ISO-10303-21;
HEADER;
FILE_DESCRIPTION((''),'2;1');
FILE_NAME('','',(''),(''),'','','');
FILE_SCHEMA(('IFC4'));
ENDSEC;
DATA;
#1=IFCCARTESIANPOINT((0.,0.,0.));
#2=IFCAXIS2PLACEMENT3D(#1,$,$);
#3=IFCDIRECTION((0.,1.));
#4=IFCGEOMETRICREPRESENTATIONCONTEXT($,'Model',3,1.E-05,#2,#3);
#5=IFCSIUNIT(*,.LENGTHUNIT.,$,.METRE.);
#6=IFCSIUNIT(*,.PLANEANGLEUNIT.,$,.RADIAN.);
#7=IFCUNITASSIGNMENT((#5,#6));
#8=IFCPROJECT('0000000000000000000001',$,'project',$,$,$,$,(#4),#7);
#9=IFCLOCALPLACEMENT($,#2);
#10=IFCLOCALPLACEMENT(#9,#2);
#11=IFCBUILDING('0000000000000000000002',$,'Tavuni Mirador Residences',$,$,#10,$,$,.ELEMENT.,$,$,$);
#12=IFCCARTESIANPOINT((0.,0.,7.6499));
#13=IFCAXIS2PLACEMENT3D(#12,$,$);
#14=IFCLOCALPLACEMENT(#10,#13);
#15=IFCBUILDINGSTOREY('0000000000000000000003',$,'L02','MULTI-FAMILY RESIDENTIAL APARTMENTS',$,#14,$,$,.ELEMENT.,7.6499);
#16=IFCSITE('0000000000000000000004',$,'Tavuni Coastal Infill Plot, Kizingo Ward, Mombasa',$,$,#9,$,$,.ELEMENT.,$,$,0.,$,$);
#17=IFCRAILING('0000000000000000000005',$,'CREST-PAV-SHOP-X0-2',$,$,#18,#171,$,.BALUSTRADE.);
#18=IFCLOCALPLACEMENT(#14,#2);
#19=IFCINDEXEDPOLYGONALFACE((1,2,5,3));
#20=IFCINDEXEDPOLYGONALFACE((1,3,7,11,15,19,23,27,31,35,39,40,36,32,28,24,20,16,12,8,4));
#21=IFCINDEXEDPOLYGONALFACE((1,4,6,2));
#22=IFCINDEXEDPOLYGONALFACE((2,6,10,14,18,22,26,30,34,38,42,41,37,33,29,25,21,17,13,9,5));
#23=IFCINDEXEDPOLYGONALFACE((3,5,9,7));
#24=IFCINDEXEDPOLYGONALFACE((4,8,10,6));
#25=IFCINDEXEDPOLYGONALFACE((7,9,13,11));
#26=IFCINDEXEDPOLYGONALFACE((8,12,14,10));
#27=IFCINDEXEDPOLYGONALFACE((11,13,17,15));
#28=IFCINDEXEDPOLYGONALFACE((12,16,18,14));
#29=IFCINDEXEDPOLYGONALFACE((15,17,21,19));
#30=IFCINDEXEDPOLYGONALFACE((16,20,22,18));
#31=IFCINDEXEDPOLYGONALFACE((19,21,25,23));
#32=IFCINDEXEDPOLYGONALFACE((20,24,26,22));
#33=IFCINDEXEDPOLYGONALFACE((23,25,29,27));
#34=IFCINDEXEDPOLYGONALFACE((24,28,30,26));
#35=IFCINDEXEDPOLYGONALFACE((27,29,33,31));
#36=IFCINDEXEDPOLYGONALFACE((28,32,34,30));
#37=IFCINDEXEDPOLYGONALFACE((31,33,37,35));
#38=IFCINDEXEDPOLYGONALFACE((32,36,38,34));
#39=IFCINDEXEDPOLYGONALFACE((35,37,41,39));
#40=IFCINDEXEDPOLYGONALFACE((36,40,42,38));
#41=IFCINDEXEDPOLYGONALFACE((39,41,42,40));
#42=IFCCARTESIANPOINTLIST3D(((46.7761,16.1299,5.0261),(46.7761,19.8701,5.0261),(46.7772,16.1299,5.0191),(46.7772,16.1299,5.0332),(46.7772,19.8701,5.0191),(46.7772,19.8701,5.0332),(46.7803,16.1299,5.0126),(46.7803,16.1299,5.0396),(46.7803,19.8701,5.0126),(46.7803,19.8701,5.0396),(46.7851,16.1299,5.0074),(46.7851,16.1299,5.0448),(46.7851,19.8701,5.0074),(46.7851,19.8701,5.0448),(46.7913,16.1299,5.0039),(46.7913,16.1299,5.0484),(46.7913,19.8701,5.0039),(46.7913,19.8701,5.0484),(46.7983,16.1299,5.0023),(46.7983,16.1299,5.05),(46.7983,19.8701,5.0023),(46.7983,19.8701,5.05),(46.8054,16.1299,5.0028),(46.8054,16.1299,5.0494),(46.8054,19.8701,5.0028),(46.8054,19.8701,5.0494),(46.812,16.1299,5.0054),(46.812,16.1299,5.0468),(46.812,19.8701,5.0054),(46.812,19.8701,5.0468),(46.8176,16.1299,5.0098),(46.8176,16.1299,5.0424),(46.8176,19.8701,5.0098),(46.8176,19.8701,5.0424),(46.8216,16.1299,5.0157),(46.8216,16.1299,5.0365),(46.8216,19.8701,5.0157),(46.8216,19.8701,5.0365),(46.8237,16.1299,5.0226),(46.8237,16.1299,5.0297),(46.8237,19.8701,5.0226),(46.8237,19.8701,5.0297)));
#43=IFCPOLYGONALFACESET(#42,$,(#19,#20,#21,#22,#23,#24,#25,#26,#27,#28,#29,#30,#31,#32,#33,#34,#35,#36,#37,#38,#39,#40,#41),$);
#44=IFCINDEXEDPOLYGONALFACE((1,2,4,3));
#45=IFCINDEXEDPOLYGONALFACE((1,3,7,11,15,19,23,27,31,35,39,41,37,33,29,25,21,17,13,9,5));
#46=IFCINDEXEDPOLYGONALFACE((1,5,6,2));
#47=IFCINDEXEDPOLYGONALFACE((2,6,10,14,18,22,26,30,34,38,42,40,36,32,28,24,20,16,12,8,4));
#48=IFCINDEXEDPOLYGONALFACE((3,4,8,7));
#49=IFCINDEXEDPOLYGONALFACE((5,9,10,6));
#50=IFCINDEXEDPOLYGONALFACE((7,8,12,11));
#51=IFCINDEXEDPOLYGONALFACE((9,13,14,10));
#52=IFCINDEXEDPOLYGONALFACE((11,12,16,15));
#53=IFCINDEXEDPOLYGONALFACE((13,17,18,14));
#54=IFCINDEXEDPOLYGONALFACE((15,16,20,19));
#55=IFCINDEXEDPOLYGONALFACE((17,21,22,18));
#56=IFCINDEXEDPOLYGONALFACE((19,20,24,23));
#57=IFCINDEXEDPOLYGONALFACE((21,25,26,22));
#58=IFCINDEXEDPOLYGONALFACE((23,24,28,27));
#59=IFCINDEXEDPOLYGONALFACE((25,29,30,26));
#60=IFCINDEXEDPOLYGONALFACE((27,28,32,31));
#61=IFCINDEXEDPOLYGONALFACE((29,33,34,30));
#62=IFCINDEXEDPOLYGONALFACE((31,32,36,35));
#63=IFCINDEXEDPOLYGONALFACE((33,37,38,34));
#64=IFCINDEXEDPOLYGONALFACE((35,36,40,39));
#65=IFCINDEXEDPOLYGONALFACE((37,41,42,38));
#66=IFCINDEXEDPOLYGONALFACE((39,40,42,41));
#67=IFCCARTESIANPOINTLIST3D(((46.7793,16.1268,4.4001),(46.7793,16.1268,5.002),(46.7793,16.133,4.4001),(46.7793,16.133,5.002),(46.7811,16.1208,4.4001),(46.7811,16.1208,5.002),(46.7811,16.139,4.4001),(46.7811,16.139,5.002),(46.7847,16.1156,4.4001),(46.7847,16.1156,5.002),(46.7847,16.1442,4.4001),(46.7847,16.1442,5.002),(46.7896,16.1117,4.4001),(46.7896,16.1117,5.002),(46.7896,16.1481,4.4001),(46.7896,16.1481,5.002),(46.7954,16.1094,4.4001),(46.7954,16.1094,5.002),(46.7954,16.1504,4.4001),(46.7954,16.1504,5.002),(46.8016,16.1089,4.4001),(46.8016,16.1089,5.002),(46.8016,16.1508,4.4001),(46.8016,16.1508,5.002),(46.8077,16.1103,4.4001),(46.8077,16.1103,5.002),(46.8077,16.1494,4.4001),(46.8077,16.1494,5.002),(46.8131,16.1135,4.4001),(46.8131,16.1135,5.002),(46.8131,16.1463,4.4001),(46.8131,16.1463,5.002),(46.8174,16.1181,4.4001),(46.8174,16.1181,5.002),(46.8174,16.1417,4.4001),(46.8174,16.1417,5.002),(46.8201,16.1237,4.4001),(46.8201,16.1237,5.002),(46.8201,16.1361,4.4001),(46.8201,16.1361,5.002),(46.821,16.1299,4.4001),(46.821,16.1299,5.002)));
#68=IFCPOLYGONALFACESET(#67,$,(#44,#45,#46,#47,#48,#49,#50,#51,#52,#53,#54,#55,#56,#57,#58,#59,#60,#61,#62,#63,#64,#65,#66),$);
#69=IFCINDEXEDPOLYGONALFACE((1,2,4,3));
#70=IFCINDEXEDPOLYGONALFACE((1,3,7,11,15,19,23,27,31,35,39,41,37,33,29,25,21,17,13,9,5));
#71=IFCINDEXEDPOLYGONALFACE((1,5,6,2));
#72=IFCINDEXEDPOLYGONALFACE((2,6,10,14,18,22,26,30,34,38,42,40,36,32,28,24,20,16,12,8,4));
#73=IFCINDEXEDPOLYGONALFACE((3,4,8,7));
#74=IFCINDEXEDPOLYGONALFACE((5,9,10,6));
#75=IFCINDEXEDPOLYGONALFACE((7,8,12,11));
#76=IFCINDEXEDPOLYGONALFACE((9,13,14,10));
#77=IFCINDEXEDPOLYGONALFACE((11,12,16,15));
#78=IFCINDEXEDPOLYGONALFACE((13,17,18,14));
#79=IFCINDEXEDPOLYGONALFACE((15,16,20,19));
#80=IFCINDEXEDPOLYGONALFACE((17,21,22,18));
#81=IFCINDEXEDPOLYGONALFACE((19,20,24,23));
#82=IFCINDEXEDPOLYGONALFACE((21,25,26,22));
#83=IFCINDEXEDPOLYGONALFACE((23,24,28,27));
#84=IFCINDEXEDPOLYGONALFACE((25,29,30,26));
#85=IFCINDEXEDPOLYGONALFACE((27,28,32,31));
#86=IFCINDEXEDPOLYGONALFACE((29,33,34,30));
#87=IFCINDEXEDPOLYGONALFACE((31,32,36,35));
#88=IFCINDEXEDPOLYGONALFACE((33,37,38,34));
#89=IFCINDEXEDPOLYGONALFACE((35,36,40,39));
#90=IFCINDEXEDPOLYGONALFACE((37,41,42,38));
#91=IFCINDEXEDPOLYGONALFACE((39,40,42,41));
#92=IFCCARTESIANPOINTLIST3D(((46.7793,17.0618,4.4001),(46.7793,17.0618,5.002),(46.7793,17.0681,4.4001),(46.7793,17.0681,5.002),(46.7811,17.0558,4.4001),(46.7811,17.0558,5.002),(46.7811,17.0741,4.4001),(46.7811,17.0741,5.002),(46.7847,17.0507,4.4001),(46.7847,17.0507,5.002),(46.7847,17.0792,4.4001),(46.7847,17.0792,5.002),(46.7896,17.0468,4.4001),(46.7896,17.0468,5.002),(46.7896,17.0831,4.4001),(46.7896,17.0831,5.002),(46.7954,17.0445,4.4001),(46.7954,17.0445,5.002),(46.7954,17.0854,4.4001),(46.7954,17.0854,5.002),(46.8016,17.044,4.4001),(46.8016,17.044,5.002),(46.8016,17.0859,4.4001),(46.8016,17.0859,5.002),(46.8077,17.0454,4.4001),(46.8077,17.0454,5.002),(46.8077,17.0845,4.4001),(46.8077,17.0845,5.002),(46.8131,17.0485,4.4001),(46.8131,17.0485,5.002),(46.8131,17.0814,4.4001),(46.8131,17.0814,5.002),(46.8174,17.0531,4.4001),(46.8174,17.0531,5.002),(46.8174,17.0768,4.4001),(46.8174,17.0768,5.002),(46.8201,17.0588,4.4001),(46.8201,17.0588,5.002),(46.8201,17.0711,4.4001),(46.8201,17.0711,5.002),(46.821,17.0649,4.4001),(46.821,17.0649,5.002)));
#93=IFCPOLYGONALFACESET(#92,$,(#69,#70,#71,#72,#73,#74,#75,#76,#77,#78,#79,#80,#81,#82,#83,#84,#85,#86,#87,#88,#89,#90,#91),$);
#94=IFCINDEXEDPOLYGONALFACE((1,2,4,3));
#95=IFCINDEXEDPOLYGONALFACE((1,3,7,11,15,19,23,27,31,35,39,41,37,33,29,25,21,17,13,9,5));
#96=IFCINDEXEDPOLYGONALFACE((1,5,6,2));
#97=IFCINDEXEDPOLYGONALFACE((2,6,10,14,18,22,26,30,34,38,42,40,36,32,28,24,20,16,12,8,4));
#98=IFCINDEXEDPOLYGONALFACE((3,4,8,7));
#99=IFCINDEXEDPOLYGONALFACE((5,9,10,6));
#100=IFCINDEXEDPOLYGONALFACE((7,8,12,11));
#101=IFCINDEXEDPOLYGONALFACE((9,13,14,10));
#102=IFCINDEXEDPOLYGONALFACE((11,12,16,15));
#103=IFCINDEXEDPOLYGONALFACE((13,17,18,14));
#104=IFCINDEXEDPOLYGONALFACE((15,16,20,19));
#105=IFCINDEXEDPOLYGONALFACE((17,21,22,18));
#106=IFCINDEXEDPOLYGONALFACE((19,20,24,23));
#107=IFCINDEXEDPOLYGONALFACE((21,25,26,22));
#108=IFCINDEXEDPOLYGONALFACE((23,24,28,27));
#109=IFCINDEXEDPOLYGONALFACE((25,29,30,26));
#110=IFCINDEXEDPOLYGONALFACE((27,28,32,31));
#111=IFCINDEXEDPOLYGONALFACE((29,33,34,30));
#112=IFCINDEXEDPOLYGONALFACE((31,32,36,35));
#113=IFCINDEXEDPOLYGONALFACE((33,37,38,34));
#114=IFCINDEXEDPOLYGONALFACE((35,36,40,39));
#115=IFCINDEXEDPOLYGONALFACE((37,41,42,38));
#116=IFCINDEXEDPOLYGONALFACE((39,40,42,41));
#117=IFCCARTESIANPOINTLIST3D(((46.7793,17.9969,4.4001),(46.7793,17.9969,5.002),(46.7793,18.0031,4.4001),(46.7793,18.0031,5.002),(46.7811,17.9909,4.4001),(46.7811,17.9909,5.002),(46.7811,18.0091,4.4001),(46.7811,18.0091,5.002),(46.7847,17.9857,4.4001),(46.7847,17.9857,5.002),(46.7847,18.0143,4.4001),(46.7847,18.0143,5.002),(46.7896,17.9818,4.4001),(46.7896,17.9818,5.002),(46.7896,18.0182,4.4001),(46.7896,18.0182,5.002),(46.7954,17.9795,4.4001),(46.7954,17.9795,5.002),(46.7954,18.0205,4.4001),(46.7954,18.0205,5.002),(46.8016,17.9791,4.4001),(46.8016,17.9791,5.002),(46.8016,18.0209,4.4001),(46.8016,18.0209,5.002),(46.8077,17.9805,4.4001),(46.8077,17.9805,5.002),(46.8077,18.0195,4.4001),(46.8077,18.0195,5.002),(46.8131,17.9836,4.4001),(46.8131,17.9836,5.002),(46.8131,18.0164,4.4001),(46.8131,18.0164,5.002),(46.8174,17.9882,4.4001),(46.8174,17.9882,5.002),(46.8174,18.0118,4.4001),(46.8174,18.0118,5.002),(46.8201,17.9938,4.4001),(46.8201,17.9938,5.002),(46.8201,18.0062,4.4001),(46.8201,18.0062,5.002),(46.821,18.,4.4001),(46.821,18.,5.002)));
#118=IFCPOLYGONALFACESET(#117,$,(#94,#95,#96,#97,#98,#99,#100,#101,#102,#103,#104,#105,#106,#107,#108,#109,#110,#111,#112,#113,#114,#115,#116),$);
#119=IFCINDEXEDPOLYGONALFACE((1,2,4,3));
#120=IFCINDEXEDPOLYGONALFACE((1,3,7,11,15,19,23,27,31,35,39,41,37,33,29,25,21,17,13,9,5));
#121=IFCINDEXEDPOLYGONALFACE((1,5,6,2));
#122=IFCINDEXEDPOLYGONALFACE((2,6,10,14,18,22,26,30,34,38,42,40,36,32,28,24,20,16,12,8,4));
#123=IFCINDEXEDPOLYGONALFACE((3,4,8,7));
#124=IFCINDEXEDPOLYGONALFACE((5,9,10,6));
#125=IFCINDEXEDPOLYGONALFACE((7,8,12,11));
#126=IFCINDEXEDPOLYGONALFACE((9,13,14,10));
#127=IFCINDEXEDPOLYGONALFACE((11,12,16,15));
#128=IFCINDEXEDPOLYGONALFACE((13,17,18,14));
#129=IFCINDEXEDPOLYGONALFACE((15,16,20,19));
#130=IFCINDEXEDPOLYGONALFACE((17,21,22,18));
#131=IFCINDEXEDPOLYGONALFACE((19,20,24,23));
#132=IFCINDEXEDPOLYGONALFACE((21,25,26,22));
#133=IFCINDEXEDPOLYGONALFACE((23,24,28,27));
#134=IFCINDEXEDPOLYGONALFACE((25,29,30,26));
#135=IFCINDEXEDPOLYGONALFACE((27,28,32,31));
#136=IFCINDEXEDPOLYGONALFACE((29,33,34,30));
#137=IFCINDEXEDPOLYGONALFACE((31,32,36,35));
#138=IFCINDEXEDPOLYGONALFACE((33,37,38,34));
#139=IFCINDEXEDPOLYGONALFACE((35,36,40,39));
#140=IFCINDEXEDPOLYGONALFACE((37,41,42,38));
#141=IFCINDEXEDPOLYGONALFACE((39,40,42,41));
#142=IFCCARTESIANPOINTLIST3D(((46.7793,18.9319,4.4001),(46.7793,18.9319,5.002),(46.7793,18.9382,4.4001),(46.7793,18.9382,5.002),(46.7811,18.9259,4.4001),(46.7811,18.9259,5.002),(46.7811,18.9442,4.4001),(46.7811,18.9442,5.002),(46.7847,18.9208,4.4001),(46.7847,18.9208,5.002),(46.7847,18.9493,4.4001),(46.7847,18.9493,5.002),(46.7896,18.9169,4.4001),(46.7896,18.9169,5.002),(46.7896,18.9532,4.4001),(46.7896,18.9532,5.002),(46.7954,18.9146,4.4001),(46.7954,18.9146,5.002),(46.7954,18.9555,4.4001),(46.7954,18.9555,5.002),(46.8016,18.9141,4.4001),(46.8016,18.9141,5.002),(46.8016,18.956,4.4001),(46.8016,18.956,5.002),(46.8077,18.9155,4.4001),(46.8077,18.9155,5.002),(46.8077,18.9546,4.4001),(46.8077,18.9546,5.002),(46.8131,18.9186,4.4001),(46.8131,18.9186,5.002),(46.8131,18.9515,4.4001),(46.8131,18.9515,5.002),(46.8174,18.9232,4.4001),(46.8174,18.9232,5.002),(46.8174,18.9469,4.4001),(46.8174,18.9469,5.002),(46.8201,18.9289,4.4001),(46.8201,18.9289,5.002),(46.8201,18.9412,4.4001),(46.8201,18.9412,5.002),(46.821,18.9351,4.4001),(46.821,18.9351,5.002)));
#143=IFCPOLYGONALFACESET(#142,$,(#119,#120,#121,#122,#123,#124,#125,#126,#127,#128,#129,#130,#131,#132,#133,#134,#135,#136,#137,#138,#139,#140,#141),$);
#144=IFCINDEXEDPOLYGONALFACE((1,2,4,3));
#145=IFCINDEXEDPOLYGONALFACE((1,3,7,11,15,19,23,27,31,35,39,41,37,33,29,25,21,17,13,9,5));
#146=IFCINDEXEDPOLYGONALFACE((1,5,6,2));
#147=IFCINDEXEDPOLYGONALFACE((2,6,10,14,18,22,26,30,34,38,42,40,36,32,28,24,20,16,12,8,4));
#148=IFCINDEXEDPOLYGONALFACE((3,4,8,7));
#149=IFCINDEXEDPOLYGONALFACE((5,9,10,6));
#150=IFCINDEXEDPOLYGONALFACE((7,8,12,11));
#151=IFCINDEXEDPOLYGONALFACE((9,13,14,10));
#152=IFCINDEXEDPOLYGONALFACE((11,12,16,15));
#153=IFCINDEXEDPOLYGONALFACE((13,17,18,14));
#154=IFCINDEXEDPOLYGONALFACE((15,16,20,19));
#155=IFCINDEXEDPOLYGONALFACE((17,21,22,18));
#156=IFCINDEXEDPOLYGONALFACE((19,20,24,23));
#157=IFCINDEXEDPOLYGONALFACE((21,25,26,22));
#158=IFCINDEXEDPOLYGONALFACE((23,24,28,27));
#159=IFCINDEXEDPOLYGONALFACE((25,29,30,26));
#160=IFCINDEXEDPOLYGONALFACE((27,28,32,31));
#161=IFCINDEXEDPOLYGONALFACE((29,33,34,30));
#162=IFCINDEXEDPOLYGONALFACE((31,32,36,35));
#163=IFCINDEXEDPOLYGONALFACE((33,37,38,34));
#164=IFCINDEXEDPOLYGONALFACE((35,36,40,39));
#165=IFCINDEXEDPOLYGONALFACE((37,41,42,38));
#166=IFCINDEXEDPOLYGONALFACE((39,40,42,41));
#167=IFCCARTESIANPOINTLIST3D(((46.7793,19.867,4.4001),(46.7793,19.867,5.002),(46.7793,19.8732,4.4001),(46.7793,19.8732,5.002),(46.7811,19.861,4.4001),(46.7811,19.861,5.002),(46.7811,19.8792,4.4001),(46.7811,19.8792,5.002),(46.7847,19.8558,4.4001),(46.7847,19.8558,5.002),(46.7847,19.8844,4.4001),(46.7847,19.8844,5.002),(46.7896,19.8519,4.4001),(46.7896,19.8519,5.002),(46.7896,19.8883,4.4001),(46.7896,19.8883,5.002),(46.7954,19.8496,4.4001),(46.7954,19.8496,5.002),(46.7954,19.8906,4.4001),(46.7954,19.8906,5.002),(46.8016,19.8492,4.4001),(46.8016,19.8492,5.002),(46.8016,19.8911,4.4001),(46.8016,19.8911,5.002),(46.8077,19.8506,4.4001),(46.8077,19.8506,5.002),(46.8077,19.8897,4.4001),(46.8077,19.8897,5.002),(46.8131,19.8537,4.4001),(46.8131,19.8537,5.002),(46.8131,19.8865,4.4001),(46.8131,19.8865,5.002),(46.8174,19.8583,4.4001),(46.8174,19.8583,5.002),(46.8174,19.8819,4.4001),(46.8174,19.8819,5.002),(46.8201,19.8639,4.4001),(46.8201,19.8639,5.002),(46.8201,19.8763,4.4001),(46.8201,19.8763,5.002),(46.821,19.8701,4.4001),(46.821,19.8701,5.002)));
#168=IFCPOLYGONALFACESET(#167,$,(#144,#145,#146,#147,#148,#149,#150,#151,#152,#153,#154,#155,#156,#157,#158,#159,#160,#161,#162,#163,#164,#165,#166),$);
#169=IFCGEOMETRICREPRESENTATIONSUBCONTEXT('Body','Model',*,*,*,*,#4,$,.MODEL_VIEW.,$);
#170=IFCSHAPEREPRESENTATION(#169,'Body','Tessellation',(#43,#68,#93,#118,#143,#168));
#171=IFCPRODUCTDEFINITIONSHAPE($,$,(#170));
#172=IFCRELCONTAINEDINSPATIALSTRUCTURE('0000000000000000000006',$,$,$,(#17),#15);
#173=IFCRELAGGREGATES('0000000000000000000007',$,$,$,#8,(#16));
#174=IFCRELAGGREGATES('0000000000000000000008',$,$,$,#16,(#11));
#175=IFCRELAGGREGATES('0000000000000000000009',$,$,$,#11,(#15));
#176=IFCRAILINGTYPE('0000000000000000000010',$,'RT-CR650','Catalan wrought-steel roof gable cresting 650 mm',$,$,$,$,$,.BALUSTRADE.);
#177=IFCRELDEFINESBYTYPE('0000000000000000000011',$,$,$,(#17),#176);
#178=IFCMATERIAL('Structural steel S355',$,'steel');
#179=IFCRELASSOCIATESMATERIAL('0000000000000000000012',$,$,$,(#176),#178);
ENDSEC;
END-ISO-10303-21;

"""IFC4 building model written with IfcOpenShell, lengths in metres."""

from ifc_helpers import new_model, si_unit, direction, frame, origin, origin_2d, place, context, subcontext, project, spatial, circle, extrude, material, type_object, element, save


model = new_model("IFC4")

# Units and contexts
model_context = context("Model", 3, precision=1e-05, world=origin(), true_north=direction((0.0, 1.0)))
body_context = subcontext(model_context, "Body", "Model", "MODEL_VIEW")
ifc_project = project(units=[si_unit("LENGTHUNIT", "METRE"), si_unit("PLANEANGLEUNIT", "RADIAN")], contexts=[model_context])

# Site, building, storey
site_placement = place(None, origin())
site = spatial("IfcSite", under=ifc_project, at=site_placement, Name="Tavuni Coastal Infill Plot, Kizingo Ward, Mombasa", CompositionType="ELEMENT", RefElevation=0.0)
building_placement = place(site_placement, origin())
building = spatial("IfcBuilding", under=site, at=building_placement, Name="Tavuni Mirador Residences", CompositionType="ELEMENT")
storey_placement = place(building_placement, frame((0.0, 0.0, 7.6499)))
storey = spatial("IfcBuildingStorey", under=building, at=storey_placement, Name="L02", Description="MULTI-FAMILY RESIDENTIAL APARTMENTS", CompositionType="ELEMENT", Elevation=7.6499)

# Shared definitions
ifc_material_1 = material(Name="Structural steel S355", Category="steel")

# Railing
railing_type = type_object("IfcRailingType", Name="RT-CR650", Description="Catalan wrought-steel roof gable cresting 650 mm", PredefinedType="BALUSTRADE", material=ifc_material_1)
railing_placement = place(storey_placement, frame((46.8, 16.1299, 4.4001)))
element("IfcRailing", 1, at=railing_placement, inside=storey, type_object=railing_type, Name="CREST-PAV-SHOP-X0-2", PredefinedType="BALUSTRADE", context=body_context, shape_type="SweptSolid", body=[
    extrude(circle(Radius=0.0239, at=origin_2d()), frame((0.0, 0.0, 0.626), z_axis=(0.0, 1.0, 0.0), x_axis=(-1.0, 0.0, 0.0)), (0.0, 0.0, 1.0), 3.7402),
    extrude(circle(Radius=0.021, at=origin_2d()), origin(), (0.0, 0.0, 1.0), 0.6018),
    extrude(circle(Radius=0.021, at=origin_2d()), frame((0.0, 0.9351, 0.0)), (0.0, 0.0, 1.0), 0.6018),
    extrude(circle(Radius=0.021, at=origin_2d()), frame((0.0, 1.8701, 0.0)), (0.0, 0.0, 1.0), 0.6018),
    extrude(circle(Radius=0.021, at=origin_2d()), frame((0.0, 2.8052, 0.0)), (0.0, 0.0, 1.0), 0.6018),
    extrude(circle(Radius=0.021, at=origin_2d()), frame((0.0, 3.7402, 0.0)), (0.0, 0.0, 1.0), 0.6018),
])

save(model, "model.ifc")
